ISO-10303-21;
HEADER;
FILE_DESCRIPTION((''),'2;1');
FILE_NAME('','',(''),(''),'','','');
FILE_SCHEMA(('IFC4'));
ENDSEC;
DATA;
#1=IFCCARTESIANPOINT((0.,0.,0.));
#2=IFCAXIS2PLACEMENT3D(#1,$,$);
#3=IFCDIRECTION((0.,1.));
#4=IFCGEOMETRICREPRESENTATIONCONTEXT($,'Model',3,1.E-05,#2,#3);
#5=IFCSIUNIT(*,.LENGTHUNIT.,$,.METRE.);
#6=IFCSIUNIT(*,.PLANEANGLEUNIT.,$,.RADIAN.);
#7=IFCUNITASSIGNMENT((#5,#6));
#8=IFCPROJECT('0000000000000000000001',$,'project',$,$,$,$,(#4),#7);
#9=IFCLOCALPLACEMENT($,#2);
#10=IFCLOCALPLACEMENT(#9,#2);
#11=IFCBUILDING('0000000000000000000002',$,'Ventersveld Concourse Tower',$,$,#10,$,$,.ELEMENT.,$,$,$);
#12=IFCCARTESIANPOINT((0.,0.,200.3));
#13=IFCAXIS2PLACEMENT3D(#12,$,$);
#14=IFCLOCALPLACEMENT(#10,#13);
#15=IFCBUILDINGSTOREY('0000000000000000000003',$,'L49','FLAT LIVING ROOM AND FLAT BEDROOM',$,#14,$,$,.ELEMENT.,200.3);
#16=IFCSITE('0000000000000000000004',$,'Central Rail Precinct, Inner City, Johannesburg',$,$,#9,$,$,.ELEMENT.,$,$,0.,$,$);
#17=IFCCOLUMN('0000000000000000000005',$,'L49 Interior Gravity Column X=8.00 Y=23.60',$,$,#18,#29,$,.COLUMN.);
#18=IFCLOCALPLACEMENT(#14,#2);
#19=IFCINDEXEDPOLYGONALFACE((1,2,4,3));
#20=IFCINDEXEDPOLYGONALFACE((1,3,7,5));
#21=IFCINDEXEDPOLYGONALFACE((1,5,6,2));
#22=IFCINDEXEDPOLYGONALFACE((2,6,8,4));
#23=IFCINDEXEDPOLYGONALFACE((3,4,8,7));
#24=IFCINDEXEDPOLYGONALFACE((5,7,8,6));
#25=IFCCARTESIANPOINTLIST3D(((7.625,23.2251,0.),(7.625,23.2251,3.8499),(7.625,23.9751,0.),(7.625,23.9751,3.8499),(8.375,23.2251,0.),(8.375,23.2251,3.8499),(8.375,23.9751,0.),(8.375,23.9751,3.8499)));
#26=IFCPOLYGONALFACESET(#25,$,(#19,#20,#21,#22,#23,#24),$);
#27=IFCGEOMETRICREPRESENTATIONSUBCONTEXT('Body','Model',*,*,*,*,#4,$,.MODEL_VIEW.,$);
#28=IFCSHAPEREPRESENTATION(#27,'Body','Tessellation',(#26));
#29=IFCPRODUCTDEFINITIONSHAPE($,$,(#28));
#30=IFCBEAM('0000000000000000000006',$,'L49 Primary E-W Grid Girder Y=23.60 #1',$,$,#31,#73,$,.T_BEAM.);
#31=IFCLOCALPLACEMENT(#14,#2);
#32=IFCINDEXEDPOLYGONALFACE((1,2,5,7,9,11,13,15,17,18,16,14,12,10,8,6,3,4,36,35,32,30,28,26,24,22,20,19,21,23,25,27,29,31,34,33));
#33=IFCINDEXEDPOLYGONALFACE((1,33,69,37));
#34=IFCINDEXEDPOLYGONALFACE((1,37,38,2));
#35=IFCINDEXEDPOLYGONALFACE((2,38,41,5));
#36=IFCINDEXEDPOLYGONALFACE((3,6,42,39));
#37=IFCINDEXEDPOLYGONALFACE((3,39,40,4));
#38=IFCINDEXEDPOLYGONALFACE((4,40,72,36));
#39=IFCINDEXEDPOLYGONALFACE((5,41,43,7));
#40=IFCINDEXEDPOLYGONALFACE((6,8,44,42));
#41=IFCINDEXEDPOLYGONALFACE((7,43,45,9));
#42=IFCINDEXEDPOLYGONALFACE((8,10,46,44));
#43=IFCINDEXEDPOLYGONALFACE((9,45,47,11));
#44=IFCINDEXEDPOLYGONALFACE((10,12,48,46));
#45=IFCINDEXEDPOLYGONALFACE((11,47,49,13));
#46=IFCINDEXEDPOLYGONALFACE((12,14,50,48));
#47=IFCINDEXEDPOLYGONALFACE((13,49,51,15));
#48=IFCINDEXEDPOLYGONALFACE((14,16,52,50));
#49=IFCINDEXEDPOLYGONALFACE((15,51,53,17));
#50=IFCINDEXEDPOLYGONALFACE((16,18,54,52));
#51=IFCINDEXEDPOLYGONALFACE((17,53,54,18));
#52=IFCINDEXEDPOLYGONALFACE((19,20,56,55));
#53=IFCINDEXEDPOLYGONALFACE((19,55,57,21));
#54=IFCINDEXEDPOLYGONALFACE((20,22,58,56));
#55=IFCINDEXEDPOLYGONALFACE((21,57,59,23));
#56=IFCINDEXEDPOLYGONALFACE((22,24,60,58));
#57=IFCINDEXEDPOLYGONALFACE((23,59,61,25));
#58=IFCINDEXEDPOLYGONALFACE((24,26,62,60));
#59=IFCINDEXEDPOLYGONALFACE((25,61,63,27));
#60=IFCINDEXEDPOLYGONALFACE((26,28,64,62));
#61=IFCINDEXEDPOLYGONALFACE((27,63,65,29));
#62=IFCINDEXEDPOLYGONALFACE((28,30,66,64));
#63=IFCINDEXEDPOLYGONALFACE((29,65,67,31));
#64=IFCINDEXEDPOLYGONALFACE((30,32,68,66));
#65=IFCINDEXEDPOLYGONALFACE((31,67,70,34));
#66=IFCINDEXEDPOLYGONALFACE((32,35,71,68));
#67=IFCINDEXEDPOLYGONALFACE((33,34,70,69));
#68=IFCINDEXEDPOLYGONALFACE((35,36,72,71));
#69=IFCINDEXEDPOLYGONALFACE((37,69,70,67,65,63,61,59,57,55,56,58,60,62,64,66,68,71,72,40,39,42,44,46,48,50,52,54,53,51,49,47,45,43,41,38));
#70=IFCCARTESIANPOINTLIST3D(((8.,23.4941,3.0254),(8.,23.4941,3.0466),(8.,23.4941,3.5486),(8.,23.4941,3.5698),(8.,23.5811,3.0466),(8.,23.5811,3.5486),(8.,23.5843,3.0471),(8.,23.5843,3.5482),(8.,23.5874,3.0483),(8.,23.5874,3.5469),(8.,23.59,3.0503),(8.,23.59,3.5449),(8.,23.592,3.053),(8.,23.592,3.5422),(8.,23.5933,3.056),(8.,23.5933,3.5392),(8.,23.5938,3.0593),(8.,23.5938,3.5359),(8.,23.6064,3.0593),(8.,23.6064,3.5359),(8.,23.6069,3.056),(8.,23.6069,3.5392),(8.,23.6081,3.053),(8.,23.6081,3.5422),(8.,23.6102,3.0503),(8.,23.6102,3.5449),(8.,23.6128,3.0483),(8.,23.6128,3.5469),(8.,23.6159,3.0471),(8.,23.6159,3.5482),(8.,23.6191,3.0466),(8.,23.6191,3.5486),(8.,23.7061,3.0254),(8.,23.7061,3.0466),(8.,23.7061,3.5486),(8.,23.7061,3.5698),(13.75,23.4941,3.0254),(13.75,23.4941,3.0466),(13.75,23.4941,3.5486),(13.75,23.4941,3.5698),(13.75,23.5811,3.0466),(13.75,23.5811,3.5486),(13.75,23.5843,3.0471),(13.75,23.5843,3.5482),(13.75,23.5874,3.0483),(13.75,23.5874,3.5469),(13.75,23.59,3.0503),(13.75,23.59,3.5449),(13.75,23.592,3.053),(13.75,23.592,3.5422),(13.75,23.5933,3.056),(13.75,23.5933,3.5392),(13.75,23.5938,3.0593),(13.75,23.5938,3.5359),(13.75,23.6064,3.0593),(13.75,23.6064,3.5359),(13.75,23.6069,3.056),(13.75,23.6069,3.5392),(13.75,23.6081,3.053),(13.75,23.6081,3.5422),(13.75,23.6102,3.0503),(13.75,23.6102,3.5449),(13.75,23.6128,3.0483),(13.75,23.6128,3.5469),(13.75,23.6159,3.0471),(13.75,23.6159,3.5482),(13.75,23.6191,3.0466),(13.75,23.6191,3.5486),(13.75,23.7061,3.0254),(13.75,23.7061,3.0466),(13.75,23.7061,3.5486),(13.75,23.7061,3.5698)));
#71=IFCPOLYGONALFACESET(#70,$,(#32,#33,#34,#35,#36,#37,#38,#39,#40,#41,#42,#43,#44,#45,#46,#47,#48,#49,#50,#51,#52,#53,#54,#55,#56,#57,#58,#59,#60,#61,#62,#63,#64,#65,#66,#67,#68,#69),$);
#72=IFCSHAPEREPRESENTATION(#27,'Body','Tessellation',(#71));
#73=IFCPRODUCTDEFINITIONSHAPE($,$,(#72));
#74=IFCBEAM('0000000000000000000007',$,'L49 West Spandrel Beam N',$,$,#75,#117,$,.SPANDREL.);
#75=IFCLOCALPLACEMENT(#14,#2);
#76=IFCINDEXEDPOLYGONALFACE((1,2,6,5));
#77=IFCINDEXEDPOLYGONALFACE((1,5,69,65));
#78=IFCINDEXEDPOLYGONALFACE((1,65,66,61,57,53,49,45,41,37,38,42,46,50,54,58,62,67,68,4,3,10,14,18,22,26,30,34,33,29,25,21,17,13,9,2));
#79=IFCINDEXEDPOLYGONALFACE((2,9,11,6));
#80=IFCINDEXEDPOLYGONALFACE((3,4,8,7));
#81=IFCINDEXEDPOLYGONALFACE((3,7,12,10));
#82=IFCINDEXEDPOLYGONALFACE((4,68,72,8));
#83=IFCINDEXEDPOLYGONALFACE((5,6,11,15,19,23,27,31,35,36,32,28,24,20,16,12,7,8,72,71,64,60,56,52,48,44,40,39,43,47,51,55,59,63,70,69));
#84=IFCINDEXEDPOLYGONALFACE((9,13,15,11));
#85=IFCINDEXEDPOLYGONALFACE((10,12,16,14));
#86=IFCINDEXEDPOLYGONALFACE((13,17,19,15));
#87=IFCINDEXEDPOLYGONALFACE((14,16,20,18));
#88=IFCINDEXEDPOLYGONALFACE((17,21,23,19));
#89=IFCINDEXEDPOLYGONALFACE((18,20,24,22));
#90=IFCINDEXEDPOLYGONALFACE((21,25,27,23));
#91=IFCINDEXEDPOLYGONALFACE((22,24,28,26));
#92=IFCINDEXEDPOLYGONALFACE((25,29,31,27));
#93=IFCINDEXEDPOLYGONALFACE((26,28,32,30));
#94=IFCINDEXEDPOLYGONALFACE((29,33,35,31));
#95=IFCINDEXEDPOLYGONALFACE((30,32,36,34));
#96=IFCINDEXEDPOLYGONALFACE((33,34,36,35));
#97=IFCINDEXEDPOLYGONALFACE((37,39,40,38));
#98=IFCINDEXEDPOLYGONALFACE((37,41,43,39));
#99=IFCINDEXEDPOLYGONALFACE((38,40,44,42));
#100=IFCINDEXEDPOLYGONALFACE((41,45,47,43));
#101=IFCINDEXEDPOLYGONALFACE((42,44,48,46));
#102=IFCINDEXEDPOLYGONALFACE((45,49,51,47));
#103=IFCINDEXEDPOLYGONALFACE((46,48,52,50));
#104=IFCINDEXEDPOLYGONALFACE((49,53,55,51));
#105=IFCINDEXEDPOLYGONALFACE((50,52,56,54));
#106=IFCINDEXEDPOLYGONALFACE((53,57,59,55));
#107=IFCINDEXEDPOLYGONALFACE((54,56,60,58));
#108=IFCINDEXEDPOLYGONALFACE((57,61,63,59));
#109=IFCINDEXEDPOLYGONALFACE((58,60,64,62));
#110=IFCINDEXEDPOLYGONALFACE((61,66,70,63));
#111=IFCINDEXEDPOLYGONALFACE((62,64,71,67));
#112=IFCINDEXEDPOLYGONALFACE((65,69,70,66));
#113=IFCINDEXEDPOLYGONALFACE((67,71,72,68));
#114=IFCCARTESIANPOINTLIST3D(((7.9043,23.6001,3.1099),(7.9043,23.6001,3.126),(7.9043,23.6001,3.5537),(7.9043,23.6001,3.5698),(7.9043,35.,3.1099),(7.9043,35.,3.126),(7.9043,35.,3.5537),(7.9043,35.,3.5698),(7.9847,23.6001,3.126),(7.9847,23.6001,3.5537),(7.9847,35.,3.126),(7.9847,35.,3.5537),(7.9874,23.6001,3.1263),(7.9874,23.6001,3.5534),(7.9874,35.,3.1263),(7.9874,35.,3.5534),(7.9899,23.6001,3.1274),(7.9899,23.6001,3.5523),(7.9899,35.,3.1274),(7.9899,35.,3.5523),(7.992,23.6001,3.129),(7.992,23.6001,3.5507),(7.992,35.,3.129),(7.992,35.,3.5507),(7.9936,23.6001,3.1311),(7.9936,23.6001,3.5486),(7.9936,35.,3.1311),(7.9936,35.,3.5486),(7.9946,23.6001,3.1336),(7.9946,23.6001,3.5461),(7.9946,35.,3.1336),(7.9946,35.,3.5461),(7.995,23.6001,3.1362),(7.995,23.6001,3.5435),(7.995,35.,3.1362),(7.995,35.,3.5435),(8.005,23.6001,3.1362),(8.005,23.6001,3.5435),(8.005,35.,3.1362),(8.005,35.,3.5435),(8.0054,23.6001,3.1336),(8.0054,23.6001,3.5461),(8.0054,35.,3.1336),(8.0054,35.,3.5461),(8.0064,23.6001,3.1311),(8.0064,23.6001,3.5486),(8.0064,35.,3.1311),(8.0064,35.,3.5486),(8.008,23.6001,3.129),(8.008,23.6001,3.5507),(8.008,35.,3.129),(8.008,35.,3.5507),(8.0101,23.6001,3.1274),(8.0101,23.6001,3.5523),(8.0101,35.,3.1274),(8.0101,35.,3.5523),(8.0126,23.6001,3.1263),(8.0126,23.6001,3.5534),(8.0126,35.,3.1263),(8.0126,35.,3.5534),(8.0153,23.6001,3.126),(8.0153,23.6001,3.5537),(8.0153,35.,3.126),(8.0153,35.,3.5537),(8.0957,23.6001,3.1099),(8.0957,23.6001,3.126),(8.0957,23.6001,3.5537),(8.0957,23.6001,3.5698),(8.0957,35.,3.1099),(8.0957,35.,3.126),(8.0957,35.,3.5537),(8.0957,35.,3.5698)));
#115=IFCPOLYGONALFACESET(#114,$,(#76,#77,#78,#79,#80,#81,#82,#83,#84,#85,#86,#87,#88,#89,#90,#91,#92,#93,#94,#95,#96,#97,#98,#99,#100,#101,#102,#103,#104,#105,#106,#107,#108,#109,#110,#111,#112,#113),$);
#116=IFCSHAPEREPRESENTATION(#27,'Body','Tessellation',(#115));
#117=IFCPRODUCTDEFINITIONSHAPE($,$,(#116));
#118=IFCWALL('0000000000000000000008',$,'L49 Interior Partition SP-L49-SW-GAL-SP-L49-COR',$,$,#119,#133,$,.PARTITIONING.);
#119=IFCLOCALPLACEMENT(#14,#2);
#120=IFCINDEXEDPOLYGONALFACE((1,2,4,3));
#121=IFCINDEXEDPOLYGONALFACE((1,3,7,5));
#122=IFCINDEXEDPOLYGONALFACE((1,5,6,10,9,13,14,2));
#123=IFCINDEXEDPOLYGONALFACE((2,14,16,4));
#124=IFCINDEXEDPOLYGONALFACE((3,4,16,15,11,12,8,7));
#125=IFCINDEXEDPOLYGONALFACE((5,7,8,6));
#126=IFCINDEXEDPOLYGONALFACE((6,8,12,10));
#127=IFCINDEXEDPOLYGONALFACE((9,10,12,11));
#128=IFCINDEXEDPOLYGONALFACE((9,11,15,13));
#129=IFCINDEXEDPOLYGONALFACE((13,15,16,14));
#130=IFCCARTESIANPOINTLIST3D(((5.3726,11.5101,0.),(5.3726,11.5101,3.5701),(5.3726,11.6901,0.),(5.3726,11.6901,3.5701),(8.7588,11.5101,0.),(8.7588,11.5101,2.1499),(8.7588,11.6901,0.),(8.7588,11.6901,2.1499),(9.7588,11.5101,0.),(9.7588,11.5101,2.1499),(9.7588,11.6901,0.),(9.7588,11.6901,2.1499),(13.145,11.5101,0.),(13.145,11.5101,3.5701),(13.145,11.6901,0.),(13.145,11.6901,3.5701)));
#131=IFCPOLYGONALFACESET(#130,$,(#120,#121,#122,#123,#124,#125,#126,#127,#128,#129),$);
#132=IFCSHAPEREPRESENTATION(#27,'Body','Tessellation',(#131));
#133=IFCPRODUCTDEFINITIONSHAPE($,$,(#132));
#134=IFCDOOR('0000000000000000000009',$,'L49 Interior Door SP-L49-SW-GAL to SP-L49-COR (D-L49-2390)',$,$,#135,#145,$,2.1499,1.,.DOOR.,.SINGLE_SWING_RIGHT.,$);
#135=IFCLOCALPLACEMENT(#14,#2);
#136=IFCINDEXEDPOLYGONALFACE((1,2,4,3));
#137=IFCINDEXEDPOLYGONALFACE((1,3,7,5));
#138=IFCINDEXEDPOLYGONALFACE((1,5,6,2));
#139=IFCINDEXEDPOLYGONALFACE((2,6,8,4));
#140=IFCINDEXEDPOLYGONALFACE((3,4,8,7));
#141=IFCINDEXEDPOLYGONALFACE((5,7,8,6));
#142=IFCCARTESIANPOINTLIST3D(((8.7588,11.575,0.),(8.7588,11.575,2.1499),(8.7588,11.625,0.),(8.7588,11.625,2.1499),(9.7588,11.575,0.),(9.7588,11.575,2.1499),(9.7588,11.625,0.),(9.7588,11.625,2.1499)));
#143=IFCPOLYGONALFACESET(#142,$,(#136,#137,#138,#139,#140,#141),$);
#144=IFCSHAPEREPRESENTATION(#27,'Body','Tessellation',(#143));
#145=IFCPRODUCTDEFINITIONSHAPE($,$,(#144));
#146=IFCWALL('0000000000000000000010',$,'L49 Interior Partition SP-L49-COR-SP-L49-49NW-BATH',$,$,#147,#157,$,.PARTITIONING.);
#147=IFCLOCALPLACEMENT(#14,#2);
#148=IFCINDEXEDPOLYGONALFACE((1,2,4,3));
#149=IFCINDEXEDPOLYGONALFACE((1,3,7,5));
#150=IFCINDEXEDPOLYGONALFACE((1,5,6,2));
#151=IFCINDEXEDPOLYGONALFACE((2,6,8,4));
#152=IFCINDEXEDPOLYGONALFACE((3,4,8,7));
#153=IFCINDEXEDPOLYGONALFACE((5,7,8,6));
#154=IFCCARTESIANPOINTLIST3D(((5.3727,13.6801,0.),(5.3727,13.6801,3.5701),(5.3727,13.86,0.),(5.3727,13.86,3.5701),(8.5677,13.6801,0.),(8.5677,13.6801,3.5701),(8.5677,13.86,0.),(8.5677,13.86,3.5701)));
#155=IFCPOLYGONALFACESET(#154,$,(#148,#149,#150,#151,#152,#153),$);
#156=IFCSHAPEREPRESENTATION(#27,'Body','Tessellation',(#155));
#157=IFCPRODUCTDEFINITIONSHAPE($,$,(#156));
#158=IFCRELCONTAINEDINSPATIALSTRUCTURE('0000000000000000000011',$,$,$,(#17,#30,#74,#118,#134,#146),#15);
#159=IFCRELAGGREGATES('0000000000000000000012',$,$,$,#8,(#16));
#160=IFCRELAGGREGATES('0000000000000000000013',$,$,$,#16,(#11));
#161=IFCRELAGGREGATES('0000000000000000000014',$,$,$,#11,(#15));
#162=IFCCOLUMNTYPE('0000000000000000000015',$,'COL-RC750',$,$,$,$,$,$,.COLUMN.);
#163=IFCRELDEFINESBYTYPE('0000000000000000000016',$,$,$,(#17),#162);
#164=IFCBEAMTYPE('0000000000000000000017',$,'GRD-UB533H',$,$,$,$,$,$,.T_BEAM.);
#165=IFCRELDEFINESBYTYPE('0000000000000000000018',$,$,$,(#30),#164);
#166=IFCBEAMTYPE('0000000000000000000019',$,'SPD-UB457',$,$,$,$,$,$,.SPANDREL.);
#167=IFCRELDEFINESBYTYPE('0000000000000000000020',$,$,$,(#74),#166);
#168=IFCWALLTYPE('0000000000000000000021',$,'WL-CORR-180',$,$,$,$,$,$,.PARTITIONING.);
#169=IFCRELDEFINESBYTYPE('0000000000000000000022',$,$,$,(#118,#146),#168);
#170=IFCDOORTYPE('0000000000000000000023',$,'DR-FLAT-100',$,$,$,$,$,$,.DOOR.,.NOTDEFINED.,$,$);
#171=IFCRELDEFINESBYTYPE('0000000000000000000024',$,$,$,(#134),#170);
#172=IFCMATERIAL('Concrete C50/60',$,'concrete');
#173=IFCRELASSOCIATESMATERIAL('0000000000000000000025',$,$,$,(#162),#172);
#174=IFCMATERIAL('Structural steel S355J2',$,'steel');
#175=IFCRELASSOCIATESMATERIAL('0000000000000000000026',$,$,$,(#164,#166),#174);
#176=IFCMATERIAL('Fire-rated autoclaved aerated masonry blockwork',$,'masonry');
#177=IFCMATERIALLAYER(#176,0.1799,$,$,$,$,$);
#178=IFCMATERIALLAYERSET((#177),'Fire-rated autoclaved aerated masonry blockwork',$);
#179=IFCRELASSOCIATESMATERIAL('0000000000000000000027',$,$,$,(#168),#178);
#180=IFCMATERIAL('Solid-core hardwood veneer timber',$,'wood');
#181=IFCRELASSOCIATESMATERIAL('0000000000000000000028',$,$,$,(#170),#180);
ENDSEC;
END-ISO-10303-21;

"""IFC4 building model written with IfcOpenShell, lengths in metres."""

from ifc_helpers import new_model, si_unit, direction, frame, frame_2d, origin, origin_2d, place, context, subcontext, project, spatial, rectangle, i_section, extrude, material, layer, layer_set, material_profile, profile_set, type_object, element, fill, save


model = new_model("IFC4")

# Units and contexts
model_context = context("Model", 3, precision=1e-05, world=origin(), true_north=direction((0.0, 1.0)))
body_context = subcontext(model_context, "Body", "Model", "MODEL_VIEW")
ifc_project = project(units=[si_unit("LENGTHUNIT", "METRE"), si_unit("PLANEANGLEUNIT", "RADIAN")], contexts=[model_context])

# Site, building, storey
site_placement = place(None, origin())
site = spatial("IfcSite", under=ifc_project, at=site_placement, Name="Central Rail Precinct, Inner City, Johannesburg", CompositionType="ELEMENT", RefElevation=0.0)
building_placement = place(site_placement, origin())
building = spatial("IfcBuilding", under=site, at=building_placement, Name="Ventersveld Concourse Tower", CompositionType="ELEMENT")
storey_placement = place(building_placement, frame((0.0, 0.0, 200.3)))
storey = spatial("IfcBuildingStorey", under=building, at=storey_placement, Name="L49", Description="FLAT LIVING ROOM AND FLAT BEDROOM", CompositionType="ELEMENT", Elevation=200.3)

# Column
ifc_material_1 = material(Name="Concrete C50/60", Category="concrete")
ifc_material_profile_1 = material_profile(ifc_material_1, rectangle(XDim=0.75, YDim=0.75, at=origin_2d()), Name="RC 750x750")
ifc_profile_set_1 = profile_set([ifc_material_profile_1], Name="Concrete C50/60")
column_type = type_object("IfcColumnType", Name="COL-RC750", PredefinedType="COLUMN", material=ifc_profile_set_1)
column_placement = place(storey_placement, frame((8.0, 23.6001, 0.0), z_axis=(0.0, 0.0, 1.0), x_axis=(1.0, 0.0, 0.0)))
element("IfcColumn", 1, at=column_placement, inside=storey, type_object=column_type, Name="L49 Interior Gravity Column X=8.00 Y=23.60", PredefinedType="COLUMN", context=body_context, shape_type="SweptSolid", body=[
    extrude(rectangle(XDim=0.75, YDim=0.75, at=origin_2d()), origin(), (0.0, 0.0, 1.0), 3.8499),
])

# Beams
ifc_material_2 = material(Name="Structural steel S355J2", Category="steel")
ifc_material_profile_2 = material_profile(ifc_material_2, i_section(OverallWidth=0.2119, OverallDepth=0.5444, WebThickness=0.0127, FlangeThickness=0.0212, FilletRadius=0.0127, at=origin_2d()), Name="UB 533x210x122")
ifc_profile_set_2 = profile_set([ifc_material_profile_2], Name="Structural steel S355J2")
beam_type_1 = type_object("IfcBeamType", Name="GRD-UB533H", PredefinedType="T_BEAM", material=ifc_profile_set_2)
beam_1_placement = place(storey_placement, frame((8.0, 23.6001, 3.2976), z_axis=(1.0, 0.0, 0.0), x_axis=(0.0, 1.0, 0.0)))
element("IfcBeam", 2, at=beam_1_placement, inside=storey, type_object=beam_type_1, Name="L49 Primary E-W Grid Girder Y=23.60 #1", PredefinedType="T_BEAM", context=body_context, shape_type="SweptSolid", body=[
    extrude(i_section(OverallWidth=0.2119, OverallDepth=0.5444, WebThickness=0.0127, FlangeThickness=0.0212, FilletRadius=0.0127, at=origin_2d()), origin(), (0.0, 0.0, 1.0), 5.75),
])
ifc_material_profile_3 = material_profile(ifc_material_2, i_section(OverallWidth=0.1914, OverallDepth=0.46, WebThickness=0.01, FlangeThickness=0.0161, FilletRadius=0.0103, at=origin_2d()), Name="UB 457x191x82")
ifc_profile_set_3 = profile_set([ifc_material_profile_3], Name="Structural steel S355J2")
beam_type_2 = type_object("IfcBeamType", Name="SPD-UB457", PredefinedType="SPANDREL", material=ifc_profile_set_3)
beam_2_placement = place(storey_placement, frame((8.0, 23.6001, 3.3398), z_axis=(0.0, 1.0, 0.0), x_axis=(-1.0, 0.0, 0.0)))
element("IfcBeam", 3, at=beam_2_placement, inside=storey, type_object=beam_type_2, Name="L49 West Spandrel Beam N", PredefinedType="SPANDREL", context=body_context, shape_type="SweptSolid", body=[
    extrude(i_section(OverallWidth=0.1914, OverallDepth=0.46, WebThickness=0.01, FlangeThickness=0.0161, FilletRadius=0.0103, at=origin_2d()), origin(), (0.0, 0.0, 1.0), 11.3999),
])

# Wall, opening, door
ifc_material_3 = material(Name="Fire-rated autoclaved aerated masonry blockwork", Category="masonry")
ifc_layer_1 = layer(ifc_material_3, 0.1799)
ifc_layer_set_1 = layer_set([ifc_layer_1], Name="Fire-rated autoclaved aerated masonry blockwork")
wall_type_1 = type_object("IfcWallType", Name="WL-CORR-180", PredefinedType="PARTITIONING", material=ifc_layer_set_1)
wall_1_placement = place(storey_placement, frame((5.3726, 11.6001, 0.0), z_axis=(0.0, 0.0, 1.0), x_axis=(1.0, 0.0, 0.0)))
wall_1 = element("IfcWall", 4, at=wall_1_placement, inside=storey, type_object=wall_type_1, Name="L49 Interior Partition SP-L49-SW-GAL-SP-L49-COR", PredefinedType="PARTITIONING", context=body_context, shape_type="SweptSolid", body=[
    extrude(rectangle(XDim=7.7725, YDim=0.1799, at=frame_2d((3.8862, 0.0))), origin(), (0.0, 0.0, 1.0), 3.5701),
])
opening_1_placement = place(wall_1_placement, frame((3.3862, 0.0, 0.0)))
opening_1 = element("IfcOpeningElement", 5, at=opening_1_placement, cuts=wall_1, PredefinedType="OPENING", context=body_context, shape_type="SweptSolid", body=[
    extrude(rectangle(XDim=1.0, YDim=2.1499, at=frame_2d((0.5, 1.075))), frame((0.0, 0.1001, 0.0), z_axis=(0.0, -1.0, 0.0), x_axis=(1.0, 0.0, 0.0)), (0.0, 0.0, 1.0), 0.2),
])
ifc_material_4 = material(Name="Solid-core hardwood veneer timber", Category="wood")
door_type_1 = type_object("IfcDoorType", Name="DR-FLAT-100", OperationType="NOTDEFINED", PredefinedType="DOOR", material=ifc_material_4)
door_1_placement = place(opening_1_placement, origin())
door_1 = element("IfcDoor", 6, at=door_1_placement, inside=storey, type_object=door_type_1, Name="L49 Interior Door SP-L49-SW-GAL to SP-L49-COR (D-L49-2390)", OperationType="SINGLE_SWING_RIGHT", OverallHeight=2.1499, OverallWidth=1.0, PredefinedType="DOOR", context=body_context, shape_type="SweptSolid", body=[
    extrude(rectangle(XDim=1.0, YDim=2.1499, at=frame_2d((0.5, 1.075))), frame((0.0, 0.0249, 0.0), z_axis=(0.0, -1.0, 0.0), x_axis=(1.0, 0.0, 0.0)), (0.0, 0.0, 1.0), 0.05),
])
fill(opening_1, door_1)

# Wall
wall_2_placement = place(storey_placement, frame((5.3726, 13.77, 0.0), z_axis=(0.0, 0.0, 1.0), x_axis=(1.0, 0.0, 0.0)))
element("IfcWall", 7, at=wall_2_placement, inside=storey, type_object=wall_type_1, Name="L49 Interior Partition SP-L49-COR-SP-L49-49NW-BATH", PredefinedType="PARTITIONING", context=body_context, shape_type="SweptSolid", body=[
    extrude(rectangle(XDim=3.1951, YDim=0.1799, at=frame_2d((1.5977, 0.0))), origin(), (0.0, 0.0, 1.0), 3.5701),
])

save(model, "model.ifc")
